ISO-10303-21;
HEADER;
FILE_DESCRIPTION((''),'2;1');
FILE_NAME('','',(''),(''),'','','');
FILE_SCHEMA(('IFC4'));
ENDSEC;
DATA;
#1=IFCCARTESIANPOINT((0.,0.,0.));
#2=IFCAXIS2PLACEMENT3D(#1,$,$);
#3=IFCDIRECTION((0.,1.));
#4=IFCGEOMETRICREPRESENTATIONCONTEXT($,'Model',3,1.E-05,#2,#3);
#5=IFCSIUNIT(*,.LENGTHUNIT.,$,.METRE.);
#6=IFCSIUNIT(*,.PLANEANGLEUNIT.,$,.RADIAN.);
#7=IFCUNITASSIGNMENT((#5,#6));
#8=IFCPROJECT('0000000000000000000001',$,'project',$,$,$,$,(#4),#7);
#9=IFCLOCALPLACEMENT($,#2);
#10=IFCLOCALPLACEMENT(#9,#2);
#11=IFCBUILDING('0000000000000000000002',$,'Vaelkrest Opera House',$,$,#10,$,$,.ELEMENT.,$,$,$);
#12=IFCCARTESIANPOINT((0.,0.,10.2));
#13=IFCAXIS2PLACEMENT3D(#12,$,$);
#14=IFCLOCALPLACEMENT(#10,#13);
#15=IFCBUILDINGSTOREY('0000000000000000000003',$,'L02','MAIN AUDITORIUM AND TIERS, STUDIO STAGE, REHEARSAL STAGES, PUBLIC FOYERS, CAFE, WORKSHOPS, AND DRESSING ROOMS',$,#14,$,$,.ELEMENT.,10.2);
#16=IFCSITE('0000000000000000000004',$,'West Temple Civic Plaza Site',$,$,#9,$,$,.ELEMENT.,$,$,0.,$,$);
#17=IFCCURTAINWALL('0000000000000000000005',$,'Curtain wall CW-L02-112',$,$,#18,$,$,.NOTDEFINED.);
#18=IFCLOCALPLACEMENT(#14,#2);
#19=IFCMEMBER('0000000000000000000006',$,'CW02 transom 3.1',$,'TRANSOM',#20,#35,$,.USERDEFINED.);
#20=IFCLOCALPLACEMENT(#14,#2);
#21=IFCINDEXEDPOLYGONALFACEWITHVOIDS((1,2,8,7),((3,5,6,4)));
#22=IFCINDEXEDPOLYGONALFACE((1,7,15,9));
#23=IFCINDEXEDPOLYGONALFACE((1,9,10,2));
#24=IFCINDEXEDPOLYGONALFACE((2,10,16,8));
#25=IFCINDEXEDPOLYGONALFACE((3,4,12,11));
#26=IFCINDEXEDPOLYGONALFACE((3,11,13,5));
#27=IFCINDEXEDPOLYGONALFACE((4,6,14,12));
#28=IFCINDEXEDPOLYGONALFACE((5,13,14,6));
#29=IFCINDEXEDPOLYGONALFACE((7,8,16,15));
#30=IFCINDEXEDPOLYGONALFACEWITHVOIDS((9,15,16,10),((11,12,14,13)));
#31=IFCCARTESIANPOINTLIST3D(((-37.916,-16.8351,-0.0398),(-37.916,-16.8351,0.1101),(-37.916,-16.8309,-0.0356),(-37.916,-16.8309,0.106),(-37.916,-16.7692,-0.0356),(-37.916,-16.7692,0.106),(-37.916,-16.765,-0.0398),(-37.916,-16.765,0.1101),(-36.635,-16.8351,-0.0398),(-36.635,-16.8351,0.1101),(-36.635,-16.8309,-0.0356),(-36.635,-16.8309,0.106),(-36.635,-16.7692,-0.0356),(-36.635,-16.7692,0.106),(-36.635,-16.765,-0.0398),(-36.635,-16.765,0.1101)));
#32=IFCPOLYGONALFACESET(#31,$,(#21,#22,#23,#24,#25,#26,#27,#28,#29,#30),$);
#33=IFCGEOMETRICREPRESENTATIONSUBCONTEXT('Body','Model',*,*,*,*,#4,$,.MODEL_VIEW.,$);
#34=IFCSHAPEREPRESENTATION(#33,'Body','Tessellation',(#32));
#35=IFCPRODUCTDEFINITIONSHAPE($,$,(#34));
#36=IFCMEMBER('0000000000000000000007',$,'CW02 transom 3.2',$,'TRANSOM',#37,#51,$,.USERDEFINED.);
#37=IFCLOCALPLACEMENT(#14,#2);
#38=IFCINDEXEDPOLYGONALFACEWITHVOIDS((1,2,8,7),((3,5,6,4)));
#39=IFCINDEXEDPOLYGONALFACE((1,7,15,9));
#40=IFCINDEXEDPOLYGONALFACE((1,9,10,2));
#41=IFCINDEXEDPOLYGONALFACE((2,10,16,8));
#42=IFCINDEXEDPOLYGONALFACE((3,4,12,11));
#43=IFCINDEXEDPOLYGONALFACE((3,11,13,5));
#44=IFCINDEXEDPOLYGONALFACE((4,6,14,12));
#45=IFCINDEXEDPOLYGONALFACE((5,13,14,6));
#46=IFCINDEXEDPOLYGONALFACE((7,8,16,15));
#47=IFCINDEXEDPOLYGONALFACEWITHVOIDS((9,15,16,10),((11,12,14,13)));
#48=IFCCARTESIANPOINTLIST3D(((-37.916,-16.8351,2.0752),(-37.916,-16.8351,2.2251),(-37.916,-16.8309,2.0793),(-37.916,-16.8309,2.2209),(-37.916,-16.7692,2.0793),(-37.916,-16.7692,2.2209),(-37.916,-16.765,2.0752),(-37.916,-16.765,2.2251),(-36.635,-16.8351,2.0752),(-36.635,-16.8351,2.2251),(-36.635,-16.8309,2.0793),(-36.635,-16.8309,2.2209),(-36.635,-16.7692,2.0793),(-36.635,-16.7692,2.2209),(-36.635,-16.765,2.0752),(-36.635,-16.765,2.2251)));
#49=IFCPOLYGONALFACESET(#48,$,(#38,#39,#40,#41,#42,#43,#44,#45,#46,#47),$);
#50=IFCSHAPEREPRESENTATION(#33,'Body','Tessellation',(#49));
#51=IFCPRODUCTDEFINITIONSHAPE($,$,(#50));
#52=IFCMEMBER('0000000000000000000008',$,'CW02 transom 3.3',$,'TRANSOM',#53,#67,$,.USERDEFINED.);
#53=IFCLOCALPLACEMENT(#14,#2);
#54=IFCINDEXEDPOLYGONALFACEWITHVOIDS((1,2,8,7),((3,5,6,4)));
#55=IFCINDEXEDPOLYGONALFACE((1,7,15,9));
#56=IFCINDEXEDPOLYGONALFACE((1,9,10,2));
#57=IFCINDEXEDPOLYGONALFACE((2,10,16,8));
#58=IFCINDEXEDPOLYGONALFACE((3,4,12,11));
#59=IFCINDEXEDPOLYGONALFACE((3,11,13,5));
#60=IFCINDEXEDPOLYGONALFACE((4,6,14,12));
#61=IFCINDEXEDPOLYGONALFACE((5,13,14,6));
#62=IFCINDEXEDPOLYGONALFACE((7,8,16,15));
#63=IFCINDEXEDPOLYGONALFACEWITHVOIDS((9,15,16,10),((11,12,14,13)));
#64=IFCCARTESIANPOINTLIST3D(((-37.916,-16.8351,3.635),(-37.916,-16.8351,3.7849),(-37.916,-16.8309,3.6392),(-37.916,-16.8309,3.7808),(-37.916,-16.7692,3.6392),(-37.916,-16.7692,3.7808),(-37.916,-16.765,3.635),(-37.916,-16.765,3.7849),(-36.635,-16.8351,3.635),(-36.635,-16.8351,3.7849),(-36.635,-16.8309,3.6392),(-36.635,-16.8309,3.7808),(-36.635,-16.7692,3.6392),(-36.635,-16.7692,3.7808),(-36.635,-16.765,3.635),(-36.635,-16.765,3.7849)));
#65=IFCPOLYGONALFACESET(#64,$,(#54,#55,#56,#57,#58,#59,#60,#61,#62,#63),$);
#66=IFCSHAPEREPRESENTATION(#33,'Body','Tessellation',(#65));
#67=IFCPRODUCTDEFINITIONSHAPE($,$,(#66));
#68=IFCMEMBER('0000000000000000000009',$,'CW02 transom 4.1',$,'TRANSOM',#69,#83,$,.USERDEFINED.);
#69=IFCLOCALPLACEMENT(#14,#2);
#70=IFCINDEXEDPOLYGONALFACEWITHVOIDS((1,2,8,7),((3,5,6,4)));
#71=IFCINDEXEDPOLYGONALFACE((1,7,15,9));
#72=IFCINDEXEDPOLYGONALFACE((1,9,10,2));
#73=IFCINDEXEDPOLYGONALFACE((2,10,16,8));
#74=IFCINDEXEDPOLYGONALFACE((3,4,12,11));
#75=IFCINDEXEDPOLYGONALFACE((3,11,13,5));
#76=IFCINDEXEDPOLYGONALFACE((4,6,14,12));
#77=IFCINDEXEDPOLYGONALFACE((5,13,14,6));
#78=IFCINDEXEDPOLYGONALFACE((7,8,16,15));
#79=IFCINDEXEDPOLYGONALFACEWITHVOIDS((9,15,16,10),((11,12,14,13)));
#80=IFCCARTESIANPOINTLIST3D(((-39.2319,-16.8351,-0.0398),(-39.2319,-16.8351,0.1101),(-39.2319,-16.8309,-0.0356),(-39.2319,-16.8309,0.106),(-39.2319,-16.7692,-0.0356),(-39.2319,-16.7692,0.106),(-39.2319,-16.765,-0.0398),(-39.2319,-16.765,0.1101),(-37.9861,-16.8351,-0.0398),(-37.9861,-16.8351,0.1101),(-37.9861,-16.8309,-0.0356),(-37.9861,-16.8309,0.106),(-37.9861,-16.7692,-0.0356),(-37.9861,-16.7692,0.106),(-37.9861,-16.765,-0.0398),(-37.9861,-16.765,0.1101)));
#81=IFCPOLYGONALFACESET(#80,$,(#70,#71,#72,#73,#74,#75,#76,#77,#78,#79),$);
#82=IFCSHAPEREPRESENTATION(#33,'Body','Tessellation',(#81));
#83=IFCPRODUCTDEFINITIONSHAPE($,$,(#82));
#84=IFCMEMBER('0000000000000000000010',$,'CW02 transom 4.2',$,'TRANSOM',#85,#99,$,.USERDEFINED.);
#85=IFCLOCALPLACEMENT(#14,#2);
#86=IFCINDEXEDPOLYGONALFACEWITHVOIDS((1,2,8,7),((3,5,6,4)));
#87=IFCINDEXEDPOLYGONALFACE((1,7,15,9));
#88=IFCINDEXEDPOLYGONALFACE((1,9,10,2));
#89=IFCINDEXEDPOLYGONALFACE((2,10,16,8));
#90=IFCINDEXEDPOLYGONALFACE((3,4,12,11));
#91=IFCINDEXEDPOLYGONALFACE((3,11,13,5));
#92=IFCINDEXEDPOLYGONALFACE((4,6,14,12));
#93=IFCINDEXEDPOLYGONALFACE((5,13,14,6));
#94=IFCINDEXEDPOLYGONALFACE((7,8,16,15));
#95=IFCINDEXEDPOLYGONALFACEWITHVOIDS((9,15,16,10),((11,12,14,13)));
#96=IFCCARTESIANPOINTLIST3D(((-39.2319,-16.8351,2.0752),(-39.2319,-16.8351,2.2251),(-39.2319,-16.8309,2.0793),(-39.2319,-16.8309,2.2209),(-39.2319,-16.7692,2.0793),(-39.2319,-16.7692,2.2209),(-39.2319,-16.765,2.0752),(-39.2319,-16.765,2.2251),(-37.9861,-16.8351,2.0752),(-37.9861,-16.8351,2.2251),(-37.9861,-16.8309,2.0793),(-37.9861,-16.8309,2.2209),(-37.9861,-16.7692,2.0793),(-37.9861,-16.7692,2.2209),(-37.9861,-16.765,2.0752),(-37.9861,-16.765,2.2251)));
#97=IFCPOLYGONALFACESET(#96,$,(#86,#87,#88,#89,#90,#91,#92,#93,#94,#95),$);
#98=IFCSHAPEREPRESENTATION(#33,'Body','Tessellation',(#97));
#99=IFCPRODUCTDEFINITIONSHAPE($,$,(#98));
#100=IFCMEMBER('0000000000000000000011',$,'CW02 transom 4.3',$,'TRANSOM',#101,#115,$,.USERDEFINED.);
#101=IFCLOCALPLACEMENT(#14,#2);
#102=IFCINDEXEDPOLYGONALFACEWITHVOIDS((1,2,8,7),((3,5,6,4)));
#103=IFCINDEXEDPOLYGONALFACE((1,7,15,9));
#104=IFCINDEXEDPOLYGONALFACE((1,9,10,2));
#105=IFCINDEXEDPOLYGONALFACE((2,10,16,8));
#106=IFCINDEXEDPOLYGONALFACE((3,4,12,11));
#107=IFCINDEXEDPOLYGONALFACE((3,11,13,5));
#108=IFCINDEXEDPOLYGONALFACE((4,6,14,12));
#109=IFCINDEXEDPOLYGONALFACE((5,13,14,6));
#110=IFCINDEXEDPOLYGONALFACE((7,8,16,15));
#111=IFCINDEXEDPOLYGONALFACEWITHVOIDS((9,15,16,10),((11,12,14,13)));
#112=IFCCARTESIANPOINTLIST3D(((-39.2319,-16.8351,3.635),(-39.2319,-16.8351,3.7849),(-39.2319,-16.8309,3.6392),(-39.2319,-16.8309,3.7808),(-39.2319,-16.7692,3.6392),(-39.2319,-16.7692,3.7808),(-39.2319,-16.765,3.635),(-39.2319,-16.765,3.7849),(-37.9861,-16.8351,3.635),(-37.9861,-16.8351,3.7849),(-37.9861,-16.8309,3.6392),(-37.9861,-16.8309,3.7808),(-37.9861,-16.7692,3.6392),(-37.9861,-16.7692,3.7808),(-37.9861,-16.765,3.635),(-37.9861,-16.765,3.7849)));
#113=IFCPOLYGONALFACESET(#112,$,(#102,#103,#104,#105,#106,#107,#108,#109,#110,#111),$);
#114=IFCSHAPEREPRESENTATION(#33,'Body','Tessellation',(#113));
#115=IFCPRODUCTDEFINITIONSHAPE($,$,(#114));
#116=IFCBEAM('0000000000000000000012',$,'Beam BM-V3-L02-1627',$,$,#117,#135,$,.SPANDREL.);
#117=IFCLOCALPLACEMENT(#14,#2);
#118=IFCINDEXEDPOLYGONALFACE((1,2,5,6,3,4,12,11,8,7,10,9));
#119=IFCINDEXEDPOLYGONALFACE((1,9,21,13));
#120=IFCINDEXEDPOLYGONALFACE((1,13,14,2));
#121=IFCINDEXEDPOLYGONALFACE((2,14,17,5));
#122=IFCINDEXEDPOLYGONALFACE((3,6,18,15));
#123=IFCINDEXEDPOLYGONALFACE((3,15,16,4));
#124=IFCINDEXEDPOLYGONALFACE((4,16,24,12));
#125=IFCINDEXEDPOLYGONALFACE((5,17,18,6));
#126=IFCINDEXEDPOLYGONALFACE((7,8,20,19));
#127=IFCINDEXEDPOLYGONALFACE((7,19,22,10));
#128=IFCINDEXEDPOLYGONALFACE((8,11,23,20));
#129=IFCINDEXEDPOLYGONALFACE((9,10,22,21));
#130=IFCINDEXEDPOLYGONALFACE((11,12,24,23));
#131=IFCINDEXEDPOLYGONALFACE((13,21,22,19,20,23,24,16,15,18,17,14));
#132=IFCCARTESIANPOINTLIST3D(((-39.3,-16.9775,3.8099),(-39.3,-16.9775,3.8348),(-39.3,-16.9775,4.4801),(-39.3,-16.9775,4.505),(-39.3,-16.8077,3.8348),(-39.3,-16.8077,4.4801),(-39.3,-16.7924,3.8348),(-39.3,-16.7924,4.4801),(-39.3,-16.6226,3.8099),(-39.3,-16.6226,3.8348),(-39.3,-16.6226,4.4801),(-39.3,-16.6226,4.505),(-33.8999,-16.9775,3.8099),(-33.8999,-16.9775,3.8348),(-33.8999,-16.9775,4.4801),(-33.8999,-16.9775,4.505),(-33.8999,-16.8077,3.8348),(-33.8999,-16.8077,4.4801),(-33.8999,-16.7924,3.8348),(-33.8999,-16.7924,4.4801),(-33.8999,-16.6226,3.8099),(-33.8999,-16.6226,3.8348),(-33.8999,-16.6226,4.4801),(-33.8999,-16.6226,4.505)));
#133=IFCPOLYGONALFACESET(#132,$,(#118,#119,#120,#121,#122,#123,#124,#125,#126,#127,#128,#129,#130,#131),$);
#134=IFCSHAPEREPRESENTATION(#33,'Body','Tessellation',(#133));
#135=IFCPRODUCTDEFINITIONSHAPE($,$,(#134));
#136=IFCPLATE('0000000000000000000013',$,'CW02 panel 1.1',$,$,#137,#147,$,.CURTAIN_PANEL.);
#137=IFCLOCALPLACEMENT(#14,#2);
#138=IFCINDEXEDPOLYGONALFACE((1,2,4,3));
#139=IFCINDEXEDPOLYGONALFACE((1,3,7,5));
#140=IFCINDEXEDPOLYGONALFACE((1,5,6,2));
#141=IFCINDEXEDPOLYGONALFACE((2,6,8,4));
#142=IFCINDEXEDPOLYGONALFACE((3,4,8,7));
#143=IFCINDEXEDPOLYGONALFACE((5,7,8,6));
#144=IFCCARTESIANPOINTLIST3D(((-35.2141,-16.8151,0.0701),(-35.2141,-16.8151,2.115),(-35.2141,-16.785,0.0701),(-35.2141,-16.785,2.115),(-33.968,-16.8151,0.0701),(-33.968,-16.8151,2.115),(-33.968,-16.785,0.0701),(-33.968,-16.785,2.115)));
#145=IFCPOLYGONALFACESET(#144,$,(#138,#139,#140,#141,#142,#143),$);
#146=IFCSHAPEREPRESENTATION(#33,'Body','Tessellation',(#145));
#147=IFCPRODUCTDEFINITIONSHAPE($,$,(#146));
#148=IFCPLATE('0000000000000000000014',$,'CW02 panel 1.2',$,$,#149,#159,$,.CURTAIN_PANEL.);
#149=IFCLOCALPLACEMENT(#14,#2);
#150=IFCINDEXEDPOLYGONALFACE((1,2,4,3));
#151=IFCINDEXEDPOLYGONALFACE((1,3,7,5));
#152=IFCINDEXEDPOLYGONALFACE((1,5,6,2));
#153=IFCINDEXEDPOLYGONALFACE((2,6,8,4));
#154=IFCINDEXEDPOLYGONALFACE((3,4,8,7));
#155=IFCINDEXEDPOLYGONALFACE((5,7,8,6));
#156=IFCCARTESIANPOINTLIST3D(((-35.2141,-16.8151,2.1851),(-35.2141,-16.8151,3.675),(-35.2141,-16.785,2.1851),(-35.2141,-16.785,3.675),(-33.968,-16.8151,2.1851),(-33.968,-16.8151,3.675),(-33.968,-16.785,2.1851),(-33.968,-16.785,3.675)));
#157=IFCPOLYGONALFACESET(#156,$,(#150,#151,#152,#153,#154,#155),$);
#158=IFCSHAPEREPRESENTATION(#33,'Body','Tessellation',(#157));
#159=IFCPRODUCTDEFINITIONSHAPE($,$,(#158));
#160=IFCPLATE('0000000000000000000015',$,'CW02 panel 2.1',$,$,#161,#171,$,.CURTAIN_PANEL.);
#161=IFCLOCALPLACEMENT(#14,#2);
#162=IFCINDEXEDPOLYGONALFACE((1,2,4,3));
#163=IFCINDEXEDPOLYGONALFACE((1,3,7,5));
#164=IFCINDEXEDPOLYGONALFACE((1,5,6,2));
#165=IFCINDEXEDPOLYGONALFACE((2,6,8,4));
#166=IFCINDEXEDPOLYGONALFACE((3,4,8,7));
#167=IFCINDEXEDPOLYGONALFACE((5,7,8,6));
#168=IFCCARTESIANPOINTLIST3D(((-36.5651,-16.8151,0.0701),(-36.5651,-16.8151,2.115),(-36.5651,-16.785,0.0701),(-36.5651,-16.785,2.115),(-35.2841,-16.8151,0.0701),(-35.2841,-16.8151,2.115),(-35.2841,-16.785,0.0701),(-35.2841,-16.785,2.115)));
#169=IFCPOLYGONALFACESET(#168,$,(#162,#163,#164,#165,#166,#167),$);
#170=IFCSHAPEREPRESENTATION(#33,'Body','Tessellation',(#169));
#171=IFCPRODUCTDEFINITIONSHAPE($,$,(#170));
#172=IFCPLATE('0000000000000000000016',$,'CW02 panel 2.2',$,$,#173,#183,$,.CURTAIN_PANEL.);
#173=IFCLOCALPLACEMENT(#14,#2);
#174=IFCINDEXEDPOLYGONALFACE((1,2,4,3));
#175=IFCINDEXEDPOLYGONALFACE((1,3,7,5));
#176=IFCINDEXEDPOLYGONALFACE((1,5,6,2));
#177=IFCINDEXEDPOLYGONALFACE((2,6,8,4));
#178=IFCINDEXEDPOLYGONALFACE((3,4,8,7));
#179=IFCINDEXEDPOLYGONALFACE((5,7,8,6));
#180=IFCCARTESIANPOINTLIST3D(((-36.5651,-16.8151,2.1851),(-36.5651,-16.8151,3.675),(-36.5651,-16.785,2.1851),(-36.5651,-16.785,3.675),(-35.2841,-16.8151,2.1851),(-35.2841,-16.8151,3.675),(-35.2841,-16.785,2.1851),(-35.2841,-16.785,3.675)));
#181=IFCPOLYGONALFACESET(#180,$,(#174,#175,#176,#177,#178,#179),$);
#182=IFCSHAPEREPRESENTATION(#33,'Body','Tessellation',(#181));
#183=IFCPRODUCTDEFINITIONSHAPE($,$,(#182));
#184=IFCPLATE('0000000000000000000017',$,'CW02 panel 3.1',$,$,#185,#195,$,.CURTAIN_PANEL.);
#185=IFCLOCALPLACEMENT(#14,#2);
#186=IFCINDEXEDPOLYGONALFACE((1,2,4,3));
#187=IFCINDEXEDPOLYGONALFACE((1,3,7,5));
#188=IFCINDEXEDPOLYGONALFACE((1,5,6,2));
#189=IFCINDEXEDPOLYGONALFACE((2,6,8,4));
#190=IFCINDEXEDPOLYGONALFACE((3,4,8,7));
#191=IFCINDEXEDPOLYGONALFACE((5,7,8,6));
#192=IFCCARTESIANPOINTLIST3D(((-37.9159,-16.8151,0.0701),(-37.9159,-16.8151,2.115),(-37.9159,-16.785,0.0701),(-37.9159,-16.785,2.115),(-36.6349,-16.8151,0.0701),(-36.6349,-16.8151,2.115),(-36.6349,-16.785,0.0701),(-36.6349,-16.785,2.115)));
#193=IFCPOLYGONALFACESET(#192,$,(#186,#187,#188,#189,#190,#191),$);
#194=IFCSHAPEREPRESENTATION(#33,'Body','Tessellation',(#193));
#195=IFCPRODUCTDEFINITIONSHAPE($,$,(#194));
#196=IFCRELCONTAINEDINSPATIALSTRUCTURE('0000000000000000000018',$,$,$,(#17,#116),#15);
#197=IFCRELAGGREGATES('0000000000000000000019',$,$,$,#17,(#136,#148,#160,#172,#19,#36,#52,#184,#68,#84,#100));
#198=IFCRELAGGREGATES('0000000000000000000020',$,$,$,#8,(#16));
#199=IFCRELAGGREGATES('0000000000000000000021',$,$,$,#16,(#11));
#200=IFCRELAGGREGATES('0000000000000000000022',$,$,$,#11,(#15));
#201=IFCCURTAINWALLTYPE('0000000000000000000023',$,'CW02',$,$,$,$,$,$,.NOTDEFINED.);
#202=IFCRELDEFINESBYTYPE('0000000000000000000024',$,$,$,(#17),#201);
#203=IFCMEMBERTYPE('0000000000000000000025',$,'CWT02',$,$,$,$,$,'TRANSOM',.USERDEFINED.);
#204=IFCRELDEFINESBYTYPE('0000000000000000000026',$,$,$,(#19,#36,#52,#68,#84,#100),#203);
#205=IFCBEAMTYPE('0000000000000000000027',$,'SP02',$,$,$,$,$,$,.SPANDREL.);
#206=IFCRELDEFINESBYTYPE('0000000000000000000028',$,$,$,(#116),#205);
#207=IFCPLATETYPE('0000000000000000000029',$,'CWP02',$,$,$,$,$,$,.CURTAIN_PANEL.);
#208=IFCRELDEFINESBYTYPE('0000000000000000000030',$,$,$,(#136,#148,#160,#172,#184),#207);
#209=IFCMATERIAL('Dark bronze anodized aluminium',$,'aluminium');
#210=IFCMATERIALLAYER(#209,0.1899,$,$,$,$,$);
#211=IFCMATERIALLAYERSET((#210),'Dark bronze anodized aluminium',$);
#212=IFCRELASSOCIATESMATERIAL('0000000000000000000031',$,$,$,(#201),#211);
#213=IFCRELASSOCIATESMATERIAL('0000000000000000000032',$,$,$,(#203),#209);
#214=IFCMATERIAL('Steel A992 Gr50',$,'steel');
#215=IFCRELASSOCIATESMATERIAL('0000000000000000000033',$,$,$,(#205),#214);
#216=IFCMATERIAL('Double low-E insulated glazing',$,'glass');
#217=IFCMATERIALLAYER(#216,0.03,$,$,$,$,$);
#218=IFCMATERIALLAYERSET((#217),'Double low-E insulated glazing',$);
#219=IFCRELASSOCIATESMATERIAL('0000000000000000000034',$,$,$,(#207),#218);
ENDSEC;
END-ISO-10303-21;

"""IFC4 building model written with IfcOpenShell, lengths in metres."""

from ifc_helpers import new_model, si_unit, direction, frame, origin, origin_2d, place, context, subcontext, project, spatial, rectangle, hollow_rectangle, i_section, extrude, material, layer, layer_set, material_profile, profile_set, type_object, element, aggregate, save


model = new_model("IFC4")

# Units and contexts
model_context = context("Model", 3, precision=1e-05, world=origin(), true_north=direction((0.0, 1.0)))
body_context = subcontext(model_context, "Body", "Model", "MODEL_VIEW")
ifc_project = project(units=[si_unit("LENGTHUNIT", "METRE"), si_unit("PLANEANGLEUNIT", "RADIAN")], contexts=[model_context])

# Site, building, storey
site_placement = place(None, origin())
site = spatial("IfcSite", under=ifc_project, at=site_placement, Name="West Temple Civic Plaza Site", CompositionType="ELEMENT", RefElevation=0.0)
building_placement = place(site_placement, origin())
building = spatial("IfcBuilding", under=site, at=building_placement, Name="Vaelkrest Opera House", CompositionType="ELEMENT")
storey_placement = place(building_placement, frame((0.0, 0.0, 10.2)))
storey = spatial("IfcBuildingStorey", under=building, at=storey_placement, Name="L02", Description="MAIN AUDITORIUM AND TIERS, STUDIO STAGE, REHEARSAL STAGES, PUBLIC FOYERS, CAFE, WORKSHOPS, AND DRESSING ROOMS", CompositionType="ELEMENT", Elevation=10.2)

# Curtain wall, members
ifc_material_1 = material(Name="Dark bronze anodized aluminium", Category="aluminium")
ifc_layer_1 = layer(ifc_material_1, 0.1899)
ifc_layer_set_1 = layer_set([ifc_layer_1], Name="Dark bronze anodized aluminium")
curtain_wall_type = type_object("IfcCurtainWallType", Name="CW02", PredefinedType="NOTDEFINED", material=ifc_layer_set_1)
curtain_wall_placement = place(storey_placement, origin())
curtain_wall = element("IfcCurtainWall", 1, at=curtain_wall_placement, inside=storey, type_object=curtain_wall_type, Name="Curtain wall CW-L02-112", PredefinedType="NOTDEFINED")
ifc_material_profile_1 = material_profile(ifc_material_1, hollow_rectangle(XDim=0.0701, YDim=0.1499, WallThickness=0.0042, at=origin_2d()), Name="CWT70X150")
ifc_profile_set_1 = profile_set([ifc_material_profile_1], Name="Dark bronze anodized aluminium")
member_type_1 = type_object("IfcMemberType", Name="CWT02", ElementType="TRANSOM", PredefinedType="USERDEFINED", material=ifc_profile_set_1)
member_1_placement = place(storey_placement, frame((-36.635, -16.8, 0.0352), z_axis=(-1.0, 0.0, 0.0), x_axis=(0.0, -1.0, 0.0)))
member_1 = element("IfcMember", 2, at=member_1_placement, type_object=member_type_1, Name="CW02 transom 3.1", ObjectType="TRANSOM", PredefinedType="USERDEFINED", context=body_context, shape_type="SweptSolid", body=[
    extrude(hollow_rectangle(XDim=0.0701, YDim=0.1499, WallThickness=0.0042, at=origin_2d()), origin(), (0.0, 0.0, 1.0), 1.281),
])
member_2_placement = place(storey_placement, frame((-36.635, -16.8, 2.1501), z_axis=(-1.0, 0.0, 0.0), x_axis=(0.0, -1.0, 0.0)))
member_2 = element("IfcMember", 3, at=member_2_placement, type_object=member_type_1, Name="CW02 transom 3.2", ObjectType="TRANSOM", PredefinedType="USERDEFINED", context=body_context, shape_type="SweptSolid", body=[
    extrude(hollow_rectangle(XDim=0.0701, YDim=0.1499, WallThickness=0.0042, at=origin_2d()), origin(), (0.0, 0.0, 1.0), 1.281),
])
member_3_placement = place(storey_placement, frame((-36.635, -16.8, 3.71), z_axis=(-1.0, 0.0, 0.0), x_axis=(0.0, -1.0, 0.0)))
member_3 = element("IfcMember", 4, at=member_3_placement, type_object=member_type_1, Name="CW02 transom 3.3", ObjectType="TRANSOM", PredefinedType="USERDEFINED", context=body_context, shape_type="SweptSolid", body=[
    extrude(hollow_rectangle(XDim=0.0701, YDim=0.1499, WallThickness=0.0042, at=origin_2d()), origin(), (0.0, 0.0, 1.0), 1.281),
])
member_4_placement = place(storey_placement, frame((-37.9861, -16.8, 0.0352), z_axis=(-1.0, 0.0, 0.0), x_axis=(0.0, -1.0, 0.0)))
member_4 = element("IfcMember", 5, at=member_4_placement, type_object=member_type_1, Name="CW02 transom 4.1", ObjectType="TRANSOM", PredefinedType="USERDEFINED", context=body_context, shape_type="SweptSolid", body=[
    extrude(hollow_rectangle(XDim=0.0701, YDim=0.1499, WallThickness=0.0042, at=origin_2d()), origin(), (0.0, 0.0, 1.0), 1.2458),
])
member_5_placement = place(storey_placement, frame((-37.9861, -16.8, 2.1501), z_axis=(-1.0, 0.0, 0.0), x_axis=(0.0, -1.0, 0.0)))
member_5 = element("IfcMember", 6, at=member_5_placement, type_object=member_type_1, Name="CW02 transom 4.2", ObjectType="TRANSOM", PredefinedType="USERDEFINED", context=body_context, shape_type="SweptSolid", body=[
    extrude(hollow_rectangle(XDim=0.0701, YDim=0.1499, WallThickness=0.0042, at=origin_2d()), origin(), (0.0, 0.0, 1.0), 1.2458),
])
member_6_placement = place(storey_placement, frame((-37.9861, -16.8, 3.71), z_axis=(-1.0, 0.0, 0.0), x_axis=(0.0, -1.0, 0.0)))
member_6 = element("IfcMember", 7, at=member_6_placement, type_object=member_type_1, Name="CW02 transom 4.3", ObjectType="TRANSOM", PredefinedType="USERDEFINED", context=body_context, shape_type="SweptSolid", body=[
    extrude(hollow_rectangle(XDim=0.0701, YDim=0.1499, WallThickness=0.0042, at=origin_2d()), origin(), (0.0, 0.0, 1.0), 1.2458),
])

# Beam
ifc_material_2 = material(Name="Steel A992 Gr50", Category="steel")
ifc_material_profile_2 = material_profile(ifc_material_2, i_section(OverallWidth=0.355, OverallDepth=0.6951, WebThickness=0.0154, FlangeThickness=0.0249, at=origin_2d()), Name="W27X146")
ifc_profile_set_2 = profile_set([ifc_material_profile_2], Name="Steel A992 Gr50")
beam_type = type_object("IfcBeamType", Name="SP02", PredefinedType="SPANDREL", material=ifc_profile_set_2)
beam_placement = place(storey_placement, frame((-39.3, -16.8, 4.1575), z_axis=(1.0, 0.0, 0.0), x_axis=(0.0, 1.0, 0.0)))
element("IfcBeam", 8, at=beam_placement, inside=storey, type_object=beam_type, Name="Beam BM-V3-L02-1627", PredefinedType="SPANDREL", context=body_context, shape_type="SweptSolid", body=[
    extrude(i_section(OverallWidth=0.355, OverallDepth=0.6951, WebThickness=0.0154, FlangeThickness=0.0249, at=origin_2d()), origin(), (0.0, 0.0, 1.0), 5.4001),
])

# Plates
ifc_material_3 = material(Name="Double low-E insulated glazing", Category="glass")
ifc_layer_2 = layer(ifc_material_3, 0.03)
ifc_layer_set_2 = layer_set([ifc_layer_2], Name="Double low-E insulated glazing")
plate_type = type_object("IfcPlateType", Name="CWP02", PredefinedType="CURTAIN_PANEL", material=ifc_layer_set_2)
plate_1_placement = place(storey_placement, frame((-34.5911, -16.8, 0.0701), z_axis=(0.0, 0.0, 1.0), x_axis=(-1.0, 0.0, 0.0)))
plate_1 = element("IfcPlate", 9, at=plate_1_placement, type_object=plate_type, Name="CW02 panel 1.1", PredefinedType="CURTAIN_PANEL", context=body_context, shape_type="SweptSolid", body=[
    extrude(rectangle(XDim=1.2461, YDim=0.03, at=origin_2d()), origin(), (0.0, 0.0, 1.0), 2.0449),
])
plate_2_placement = place(storey_placement, frame((-34.5911, -16.8, 2.1851), z_axis=(0.0, 0.0, 1.0), x_axis=(-1.0, 0.0, 0.0)))
plate_2 = element("IfcPlate", 10, at=plate_2_placement, type_object=plate_type, Name="CW02 panel 1.2", PredefinedType="CURTAIN_PANEL", context=body_context, shape_type="SweptSolid", body=[
    extrude(rectangle(XDim=1.2461, YDim=0.03, at=origin_2d()), origin(), (0.0, 0.0, 1.0), 1.49),
])
plate_3_placement = place(storey_placement, frame((-35.9246, -16.8, 0.0701), z_axis=(0.0, 0.0, 1.0), x_axis=(-1.0, 0.0, 0.0)))
plate_3 = element("IfcPlate", 11, at=plate_3_placement, type_object=plate_type, Name="CW02 panel 2.1", PredefinedType="CURTAIN_PANEL", context=body_context, shape_type="SweptSolid", body=[
    extrude(rectangle(XDim=1.281, YDim=0.03, at=origin_2d()), origin(), (0.0, 0.0, 1.0), 2.0449),
])
plate_4_placement = place(storey_placement, frame((-35.9246, -16.8, 2.1851), z_axis=(0.0, 0.0, 1.0), x_axis=(-1.0, 0.0, 0.0)))
plate_4 = element("IfcPlate", 12, at=plate_4_placement, type_object=plate_type, Name="CW02 panel 2.2", PredefinedType="CURTAIN_PANEL", context=body_context, shape_type="SweptSolid", body=[
    extrude(rectangle(XDim=1.281, YDim=0.03, at=origin_2d()), origin(), (0.0, 0.0, 1.0), 1.49),
])
plate_5_placement = place(storey_placement, frame((-37.2754, -16.8, 0.0701), z_axis=(0.0, 0.0, 1.0), x_axis=(-1.0, 0.0, 0.0)))
plate_5 = element("IfcPlate", 13, at=plate_5_placement, type_object=plate_type, Name="CW02 panel 3.1", PredefinedType="CURTAIN_PANEL", context=body_context, shape_type="SweptSolid", body=[
    extrude(rectangle(XDim=1.281, YDim=0.03, at=origin_2d()), origin(), (0.0, 0.0, 1.0), 2.0449),
])
aggregate(curtain_wall, [plate_1, plate_2, plate_3, plate_4, member_1, member_2, member_3, plate_5, member_4, member_5, member_6])

save(model, "model.ifc")
